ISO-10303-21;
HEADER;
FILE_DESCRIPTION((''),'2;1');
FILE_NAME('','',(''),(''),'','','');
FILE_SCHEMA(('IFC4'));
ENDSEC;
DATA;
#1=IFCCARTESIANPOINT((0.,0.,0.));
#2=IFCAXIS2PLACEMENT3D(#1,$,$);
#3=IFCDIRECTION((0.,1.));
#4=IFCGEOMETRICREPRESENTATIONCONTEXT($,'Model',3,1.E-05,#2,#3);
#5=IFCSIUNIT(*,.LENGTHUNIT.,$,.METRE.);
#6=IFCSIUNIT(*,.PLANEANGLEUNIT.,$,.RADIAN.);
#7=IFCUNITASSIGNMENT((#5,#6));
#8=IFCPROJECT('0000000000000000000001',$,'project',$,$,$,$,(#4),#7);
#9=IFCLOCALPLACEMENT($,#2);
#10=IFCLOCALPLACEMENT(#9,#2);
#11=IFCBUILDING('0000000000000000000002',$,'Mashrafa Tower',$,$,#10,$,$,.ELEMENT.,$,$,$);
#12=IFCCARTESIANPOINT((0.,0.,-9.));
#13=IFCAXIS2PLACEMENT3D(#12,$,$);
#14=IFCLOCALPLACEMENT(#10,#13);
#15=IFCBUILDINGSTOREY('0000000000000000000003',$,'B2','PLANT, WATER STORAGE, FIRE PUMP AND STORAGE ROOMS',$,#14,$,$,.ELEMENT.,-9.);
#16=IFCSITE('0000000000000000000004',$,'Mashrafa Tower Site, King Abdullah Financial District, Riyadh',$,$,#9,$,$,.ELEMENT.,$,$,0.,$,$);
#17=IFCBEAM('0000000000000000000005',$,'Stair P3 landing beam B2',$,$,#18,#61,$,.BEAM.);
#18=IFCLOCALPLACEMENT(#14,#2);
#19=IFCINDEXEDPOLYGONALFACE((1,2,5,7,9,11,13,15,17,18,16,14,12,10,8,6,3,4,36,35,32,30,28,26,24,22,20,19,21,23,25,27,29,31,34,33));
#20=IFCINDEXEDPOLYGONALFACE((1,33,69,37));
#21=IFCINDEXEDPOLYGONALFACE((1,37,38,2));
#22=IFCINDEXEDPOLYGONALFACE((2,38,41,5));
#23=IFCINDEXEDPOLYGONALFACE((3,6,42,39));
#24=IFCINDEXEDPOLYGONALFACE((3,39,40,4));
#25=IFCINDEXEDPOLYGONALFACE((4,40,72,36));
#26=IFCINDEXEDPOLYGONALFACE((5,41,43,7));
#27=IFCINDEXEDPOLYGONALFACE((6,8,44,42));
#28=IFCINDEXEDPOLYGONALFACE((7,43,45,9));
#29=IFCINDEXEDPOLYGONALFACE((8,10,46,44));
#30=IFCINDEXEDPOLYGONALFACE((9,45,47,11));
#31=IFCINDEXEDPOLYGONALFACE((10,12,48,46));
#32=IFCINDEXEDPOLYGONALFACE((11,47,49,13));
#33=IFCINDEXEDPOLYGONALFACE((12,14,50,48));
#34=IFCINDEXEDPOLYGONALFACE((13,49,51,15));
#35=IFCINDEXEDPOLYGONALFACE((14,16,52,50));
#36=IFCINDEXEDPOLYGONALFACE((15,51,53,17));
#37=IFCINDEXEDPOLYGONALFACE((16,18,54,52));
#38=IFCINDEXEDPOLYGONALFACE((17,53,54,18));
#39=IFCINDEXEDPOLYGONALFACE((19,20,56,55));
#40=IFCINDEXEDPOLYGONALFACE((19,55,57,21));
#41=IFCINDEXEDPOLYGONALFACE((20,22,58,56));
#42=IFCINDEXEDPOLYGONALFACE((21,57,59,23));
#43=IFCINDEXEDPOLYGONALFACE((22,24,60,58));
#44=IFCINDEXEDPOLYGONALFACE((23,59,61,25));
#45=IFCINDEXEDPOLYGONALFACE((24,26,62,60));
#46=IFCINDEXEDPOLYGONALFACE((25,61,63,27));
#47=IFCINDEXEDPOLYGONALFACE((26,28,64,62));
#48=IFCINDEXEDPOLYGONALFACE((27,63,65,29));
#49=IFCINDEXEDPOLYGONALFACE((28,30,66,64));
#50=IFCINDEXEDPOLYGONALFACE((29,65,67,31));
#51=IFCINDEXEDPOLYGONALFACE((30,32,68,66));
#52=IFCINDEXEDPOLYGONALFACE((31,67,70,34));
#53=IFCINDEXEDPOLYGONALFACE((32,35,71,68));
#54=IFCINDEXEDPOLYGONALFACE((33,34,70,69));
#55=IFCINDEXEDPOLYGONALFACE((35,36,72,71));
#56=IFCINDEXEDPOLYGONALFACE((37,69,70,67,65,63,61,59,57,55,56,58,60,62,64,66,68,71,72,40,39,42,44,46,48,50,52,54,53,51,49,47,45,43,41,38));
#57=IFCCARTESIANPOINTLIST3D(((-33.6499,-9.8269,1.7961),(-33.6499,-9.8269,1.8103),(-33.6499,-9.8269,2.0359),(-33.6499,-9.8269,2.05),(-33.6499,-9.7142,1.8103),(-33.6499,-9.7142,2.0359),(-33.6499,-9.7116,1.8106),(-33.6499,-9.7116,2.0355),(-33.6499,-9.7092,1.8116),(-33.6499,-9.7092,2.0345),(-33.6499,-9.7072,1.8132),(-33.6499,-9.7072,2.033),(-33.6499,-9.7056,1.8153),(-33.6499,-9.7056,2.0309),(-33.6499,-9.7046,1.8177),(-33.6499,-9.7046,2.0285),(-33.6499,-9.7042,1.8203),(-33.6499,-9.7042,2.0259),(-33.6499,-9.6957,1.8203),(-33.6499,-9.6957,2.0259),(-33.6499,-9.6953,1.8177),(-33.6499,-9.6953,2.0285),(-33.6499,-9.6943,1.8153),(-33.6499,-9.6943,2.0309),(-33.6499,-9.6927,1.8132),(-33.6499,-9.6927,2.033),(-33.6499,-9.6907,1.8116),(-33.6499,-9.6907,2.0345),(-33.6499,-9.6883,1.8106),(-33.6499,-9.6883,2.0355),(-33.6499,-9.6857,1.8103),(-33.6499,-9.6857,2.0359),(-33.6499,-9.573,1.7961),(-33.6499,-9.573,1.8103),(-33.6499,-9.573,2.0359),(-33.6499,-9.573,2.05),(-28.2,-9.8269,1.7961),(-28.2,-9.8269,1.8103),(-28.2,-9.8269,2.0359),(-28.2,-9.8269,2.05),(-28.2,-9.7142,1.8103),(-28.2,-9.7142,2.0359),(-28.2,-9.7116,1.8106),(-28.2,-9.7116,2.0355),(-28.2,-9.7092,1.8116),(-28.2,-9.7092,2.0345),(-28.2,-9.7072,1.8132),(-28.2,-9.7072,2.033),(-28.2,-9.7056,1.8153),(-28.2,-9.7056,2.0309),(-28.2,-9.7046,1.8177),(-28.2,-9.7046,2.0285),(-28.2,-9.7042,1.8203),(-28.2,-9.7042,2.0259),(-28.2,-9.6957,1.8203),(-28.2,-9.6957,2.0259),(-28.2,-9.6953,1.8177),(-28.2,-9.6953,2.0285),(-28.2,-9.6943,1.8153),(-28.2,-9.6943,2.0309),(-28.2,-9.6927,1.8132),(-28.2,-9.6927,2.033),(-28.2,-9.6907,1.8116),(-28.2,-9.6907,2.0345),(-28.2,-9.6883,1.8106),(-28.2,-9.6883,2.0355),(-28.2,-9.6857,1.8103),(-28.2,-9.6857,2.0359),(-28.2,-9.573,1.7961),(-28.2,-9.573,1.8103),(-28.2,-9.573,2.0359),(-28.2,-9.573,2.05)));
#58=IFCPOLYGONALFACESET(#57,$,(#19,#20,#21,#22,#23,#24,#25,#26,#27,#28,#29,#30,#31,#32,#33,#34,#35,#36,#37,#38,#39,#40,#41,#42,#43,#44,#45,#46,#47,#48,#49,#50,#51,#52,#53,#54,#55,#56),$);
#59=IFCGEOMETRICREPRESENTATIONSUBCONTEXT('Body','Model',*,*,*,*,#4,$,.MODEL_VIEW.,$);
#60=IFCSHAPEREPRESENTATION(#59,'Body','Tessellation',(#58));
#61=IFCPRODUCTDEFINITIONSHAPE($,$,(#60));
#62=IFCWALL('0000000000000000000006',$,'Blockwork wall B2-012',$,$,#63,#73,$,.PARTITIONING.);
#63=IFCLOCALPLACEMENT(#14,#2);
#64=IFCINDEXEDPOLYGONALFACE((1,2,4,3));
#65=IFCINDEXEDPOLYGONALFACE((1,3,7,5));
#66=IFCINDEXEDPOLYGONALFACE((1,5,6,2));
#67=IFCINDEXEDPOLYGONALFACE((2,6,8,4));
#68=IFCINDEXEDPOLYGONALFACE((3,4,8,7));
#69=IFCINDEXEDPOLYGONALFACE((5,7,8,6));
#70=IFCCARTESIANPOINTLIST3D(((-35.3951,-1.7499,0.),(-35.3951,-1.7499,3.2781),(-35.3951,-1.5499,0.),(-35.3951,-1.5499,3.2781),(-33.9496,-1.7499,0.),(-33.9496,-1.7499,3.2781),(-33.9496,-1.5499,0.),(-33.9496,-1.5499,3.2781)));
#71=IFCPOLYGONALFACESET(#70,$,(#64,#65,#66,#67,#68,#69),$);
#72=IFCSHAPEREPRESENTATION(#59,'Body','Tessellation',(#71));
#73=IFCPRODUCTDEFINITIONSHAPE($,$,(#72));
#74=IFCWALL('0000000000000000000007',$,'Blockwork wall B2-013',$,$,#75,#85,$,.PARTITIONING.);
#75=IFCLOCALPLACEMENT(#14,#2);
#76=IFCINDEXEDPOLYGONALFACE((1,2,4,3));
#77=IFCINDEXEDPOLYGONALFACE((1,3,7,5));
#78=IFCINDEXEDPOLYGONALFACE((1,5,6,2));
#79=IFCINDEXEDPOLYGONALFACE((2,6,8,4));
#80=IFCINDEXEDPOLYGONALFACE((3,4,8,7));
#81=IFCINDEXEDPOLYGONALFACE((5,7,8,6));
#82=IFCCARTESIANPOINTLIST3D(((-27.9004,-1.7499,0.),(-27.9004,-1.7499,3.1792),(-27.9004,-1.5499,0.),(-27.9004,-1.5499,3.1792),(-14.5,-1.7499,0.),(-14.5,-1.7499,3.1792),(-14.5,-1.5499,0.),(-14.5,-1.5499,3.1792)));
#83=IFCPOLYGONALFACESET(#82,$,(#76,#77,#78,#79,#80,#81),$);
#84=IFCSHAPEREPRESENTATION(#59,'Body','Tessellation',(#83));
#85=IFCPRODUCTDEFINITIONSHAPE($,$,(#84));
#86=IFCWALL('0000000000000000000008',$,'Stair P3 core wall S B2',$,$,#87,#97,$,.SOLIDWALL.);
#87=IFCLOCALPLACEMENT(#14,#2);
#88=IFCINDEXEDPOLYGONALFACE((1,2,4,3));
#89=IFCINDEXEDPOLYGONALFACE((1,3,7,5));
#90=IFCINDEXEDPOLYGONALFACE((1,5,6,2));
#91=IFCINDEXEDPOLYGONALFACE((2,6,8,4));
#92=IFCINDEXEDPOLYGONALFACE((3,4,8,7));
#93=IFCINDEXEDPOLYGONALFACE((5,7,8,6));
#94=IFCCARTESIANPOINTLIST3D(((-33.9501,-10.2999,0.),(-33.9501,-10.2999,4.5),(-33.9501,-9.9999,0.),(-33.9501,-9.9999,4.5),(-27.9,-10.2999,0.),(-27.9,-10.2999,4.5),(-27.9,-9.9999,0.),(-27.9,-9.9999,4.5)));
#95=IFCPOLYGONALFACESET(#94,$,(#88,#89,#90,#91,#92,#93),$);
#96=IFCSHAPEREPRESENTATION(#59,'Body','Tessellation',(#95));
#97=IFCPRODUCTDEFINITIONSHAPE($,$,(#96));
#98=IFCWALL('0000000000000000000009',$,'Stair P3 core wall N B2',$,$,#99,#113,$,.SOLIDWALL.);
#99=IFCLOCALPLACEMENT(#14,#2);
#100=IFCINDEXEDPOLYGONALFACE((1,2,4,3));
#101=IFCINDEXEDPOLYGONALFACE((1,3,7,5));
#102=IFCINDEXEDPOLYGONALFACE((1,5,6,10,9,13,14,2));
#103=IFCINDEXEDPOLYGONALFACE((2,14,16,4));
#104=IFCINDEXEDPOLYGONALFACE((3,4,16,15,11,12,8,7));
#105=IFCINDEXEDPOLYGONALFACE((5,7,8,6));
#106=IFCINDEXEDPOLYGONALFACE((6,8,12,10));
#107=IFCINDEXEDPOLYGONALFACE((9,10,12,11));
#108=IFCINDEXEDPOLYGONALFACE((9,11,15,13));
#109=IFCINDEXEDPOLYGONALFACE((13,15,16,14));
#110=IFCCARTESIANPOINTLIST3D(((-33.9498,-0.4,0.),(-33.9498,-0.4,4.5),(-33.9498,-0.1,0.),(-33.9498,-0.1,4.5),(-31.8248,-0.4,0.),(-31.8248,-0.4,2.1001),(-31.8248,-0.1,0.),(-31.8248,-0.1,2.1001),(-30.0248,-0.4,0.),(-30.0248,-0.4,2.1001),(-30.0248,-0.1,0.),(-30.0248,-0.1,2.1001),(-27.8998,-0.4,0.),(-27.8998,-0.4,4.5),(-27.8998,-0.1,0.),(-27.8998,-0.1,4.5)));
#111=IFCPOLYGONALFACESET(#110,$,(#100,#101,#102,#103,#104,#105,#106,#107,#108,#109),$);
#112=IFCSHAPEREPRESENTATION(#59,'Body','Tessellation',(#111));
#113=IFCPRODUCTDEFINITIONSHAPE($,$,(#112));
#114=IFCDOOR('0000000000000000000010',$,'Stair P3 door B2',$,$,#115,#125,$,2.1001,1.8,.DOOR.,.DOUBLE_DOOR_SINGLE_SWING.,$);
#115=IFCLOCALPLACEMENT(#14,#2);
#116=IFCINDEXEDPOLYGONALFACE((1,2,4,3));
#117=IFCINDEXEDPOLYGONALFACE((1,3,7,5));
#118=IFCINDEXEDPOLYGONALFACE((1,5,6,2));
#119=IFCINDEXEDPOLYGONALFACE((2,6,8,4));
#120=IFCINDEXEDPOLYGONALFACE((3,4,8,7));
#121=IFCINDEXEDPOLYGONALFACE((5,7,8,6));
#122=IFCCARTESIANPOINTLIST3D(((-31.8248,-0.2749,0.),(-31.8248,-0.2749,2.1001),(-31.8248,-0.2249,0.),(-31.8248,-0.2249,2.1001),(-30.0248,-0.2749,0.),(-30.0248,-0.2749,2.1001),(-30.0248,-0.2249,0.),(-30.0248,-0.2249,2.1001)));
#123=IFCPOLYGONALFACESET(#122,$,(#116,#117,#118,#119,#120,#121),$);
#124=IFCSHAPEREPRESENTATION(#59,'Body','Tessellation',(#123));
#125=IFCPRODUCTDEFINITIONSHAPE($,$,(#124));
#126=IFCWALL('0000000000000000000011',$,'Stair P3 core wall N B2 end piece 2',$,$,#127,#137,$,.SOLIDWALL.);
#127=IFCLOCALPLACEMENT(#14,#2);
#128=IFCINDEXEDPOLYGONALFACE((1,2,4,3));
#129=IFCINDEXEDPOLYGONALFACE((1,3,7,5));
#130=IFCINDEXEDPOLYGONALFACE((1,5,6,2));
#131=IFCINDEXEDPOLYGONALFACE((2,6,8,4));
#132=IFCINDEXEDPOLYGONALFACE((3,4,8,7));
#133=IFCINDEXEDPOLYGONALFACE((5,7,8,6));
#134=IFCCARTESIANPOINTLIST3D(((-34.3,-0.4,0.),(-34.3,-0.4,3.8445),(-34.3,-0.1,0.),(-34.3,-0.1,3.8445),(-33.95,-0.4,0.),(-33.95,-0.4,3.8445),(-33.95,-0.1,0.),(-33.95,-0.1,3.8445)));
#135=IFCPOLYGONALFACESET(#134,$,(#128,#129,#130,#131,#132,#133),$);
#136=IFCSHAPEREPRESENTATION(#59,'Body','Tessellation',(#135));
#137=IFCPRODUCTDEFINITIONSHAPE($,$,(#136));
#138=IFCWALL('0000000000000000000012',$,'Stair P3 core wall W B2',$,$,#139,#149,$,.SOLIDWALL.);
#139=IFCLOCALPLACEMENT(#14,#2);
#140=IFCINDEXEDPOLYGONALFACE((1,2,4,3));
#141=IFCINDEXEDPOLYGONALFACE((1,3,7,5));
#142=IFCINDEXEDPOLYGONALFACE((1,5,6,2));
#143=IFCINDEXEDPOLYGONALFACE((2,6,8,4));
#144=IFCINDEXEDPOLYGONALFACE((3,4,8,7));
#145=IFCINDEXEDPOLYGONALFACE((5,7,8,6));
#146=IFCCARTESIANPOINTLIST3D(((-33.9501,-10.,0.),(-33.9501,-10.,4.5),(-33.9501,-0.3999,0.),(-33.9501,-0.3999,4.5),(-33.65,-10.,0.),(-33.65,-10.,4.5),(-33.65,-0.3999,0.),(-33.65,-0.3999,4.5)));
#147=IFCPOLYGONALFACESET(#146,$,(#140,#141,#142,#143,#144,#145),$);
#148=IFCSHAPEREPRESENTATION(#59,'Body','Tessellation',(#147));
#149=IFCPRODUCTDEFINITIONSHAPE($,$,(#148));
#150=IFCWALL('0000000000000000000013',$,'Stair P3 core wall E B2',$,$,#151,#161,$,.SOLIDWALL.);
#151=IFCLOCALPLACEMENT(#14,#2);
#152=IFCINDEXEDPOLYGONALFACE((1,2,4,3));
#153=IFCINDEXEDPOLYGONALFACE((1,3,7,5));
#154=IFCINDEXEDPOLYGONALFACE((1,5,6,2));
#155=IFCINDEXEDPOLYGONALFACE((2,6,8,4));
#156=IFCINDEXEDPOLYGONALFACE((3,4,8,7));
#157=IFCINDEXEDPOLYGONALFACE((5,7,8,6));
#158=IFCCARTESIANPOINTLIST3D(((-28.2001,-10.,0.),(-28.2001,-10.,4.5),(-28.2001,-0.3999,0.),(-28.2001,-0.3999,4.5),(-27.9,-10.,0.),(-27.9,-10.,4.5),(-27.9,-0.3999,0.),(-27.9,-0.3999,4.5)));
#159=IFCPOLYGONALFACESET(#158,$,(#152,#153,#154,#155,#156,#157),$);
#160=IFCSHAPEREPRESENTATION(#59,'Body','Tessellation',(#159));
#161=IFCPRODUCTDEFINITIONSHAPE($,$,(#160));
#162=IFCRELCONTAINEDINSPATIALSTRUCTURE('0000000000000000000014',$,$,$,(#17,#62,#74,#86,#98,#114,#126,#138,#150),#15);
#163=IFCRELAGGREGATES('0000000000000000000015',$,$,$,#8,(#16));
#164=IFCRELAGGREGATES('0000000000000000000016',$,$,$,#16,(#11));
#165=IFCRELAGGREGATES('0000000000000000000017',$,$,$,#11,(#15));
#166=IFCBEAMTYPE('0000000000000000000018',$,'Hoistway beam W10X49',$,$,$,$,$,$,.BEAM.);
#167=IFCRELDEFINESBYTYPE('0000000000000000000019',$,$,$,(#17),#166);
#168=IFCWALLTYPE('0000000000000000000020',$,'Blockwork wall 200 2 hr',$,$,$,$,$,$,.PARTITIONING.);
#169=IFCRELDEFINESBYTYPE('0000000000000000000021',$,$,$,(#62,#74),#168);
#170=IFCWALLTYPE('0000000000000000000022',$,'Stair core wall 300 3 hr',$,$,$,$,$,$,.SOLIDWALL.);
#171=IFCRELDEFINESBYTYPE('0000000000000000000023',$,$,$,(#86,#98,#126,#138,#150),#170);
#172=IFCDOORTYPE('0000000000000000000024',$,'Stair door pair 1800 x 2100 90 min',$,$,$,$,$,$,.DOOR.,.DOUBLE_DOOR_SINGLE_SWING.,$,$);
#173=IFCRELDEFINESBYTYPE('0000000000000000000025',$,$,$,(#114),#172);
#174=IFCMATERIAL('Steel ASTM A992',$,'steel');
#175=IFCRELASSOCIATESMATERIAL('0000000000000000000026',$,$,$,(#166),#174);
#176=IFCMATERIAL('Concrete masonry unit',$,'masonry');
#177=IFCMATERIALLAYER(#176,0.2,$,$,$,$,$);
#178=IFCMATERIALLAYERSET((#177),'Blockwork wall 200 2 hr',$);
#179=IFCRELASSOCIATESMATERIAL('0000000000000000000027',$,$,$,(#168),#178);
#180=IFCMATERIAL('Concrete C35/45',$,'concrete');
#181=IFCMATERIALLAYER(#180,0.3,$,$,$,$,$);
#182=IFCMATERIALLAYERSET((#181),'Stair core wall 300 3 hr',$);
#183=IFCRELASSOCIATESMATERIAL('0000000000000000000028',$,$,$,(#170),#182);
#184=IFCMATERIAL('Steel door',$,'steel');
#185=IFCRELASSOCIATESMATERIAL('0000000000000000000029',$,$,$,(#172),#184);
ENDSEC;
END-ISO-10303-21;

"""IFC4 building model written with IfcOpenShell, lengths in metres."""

from ifc_helpers import new_model, si_unit, direction, frame, frame_2d, origin, origin_2d, place, context, subcontext, project, spatial, rectangle, i_section, extrude, material, layer, layer_set, material_profile, profile_set, type_object, element, fill, save


model = new_model("IFC4")

# Units and contexts
model_context = context("Model", 3, precision=1e-05, world=origin(), true_north=direction((0.0, 1.0)))
body_context = subcontext(model_context, "Body", "Model", "MODEL_VIEW")
ifc_project = project(units=[si_unit("LENGTHUNIT", "METRE"), si_unit("PLANEANGLEUNIT", "RADIAN")], contexts=[model_context])

# Site, building, storey
site_placement = place(None, origin())
site = spatial("IfcSite", under=ifc_project, at=site_placement, Name="Mashrafa Tower Site, King Abdullah Financial District, Riyadh", CompositionType="ELEMENT", RefElevation=0.0)
building_placement = place(site_placement, origin())
building = spatial("IfcBuilding", under=site, at=building_placement, Name="Mashrafa Tower", CompositionType="ELEMENT")
storey_placement = place(building_placement, frame((0.0, 0.0, -9.0)))
storey = spatial("IfcBuildingStorey", under=building, at=storey_placement, Name="B2", Description="PLANT, WATER STORAGE, FIRE PUMP AND STORAGE ROOMS", CompositionType="ELEMENT", Elevation=-9.0)

# Beam
ifc_material_1 = material(Name="Steel ASTM A992", Category="steel")
ifc_material_profile_1 = material_profile(ifc_material_1, i_section(OverallWidth=0.2539, OverallDepth=0.2539, WebThickness=0.0085, FlangeThickness=0.0142, FilletRadius=0.01, at=origin_2d()), Name="W10X49")
ifc_profile_set_1 = profile_set([ifc_material_profile_1], Name="Steel ASTM A992")
beam_type = type_object("IfcBeamType", Name="Hoistway beam W10X49", PredefinedType="BEAM", material=ifc_profile_set_1)
beam_placement = place(storey_placement, frame((-33.6499, -9.7, 1.9231), z_axis=(1.0, 0.0, 0.0), x_axis=(0.0, 1.0, 0.0)))
element("IfcBeam", 1, at=beam_placement, inside=storey, type_object=beam_type, Name="Stair P3 landing beam B2", PredefinedType="BEAM", context=body_context, shape_type="SweptSolid", body=[
    extrude(i_section(OverallWidth=0.2539, OverallDepth=0.2539, WebThickness=0.0085, FlangeThickness=0.0142, FilletRadius=0.01, at=origin_2d()), origin(), (0.0, 0.0, 1.0), 5.45),
])

# Walls
ifc_material_2 = material(Name="Concrete masonry unit", Category="masonry")
ifc_layer_1 = layer(ifc_material_2, 0.2)
ifc_layer_set_1 = layer_set([ifc_layer_1], Name="Blockwork wall 200 2 hr")
wall_type_1 = type_object("IfcWallType", Name="Blockwork wall 200 2 hr", PredefinedType="PARTITIONING", material=ifc_layer_set_1)
wall_1_placement = place(storey_placement, frame((-35.395, -1.6499, 0.0), z_axis=(0.0, 0.0, 1.0), x_axis=(1.0, 0.0, 0.0)))
element("IfcWall", 2, at=wall_1_placement, inside=storey, type_object=wall_type_1, Name="Blockwork wall B2-012", PredefinedType="PARTITIONING", context=body_context, shape_type="SweptSolid", body=[
    extrude(rectangle(XDim=1.4456, YDim=0.2, at=frame_2d((0.7227, 0.0))), origin(), (0.0, 0.0, 1.0), 3.2781),
])
wall_2_placement = place(storey_placement, frame((-27.9004, -1.6499, 0.0), z_axis=(0.0, 0.0, 1.0), x_axis=(1.0, 0.0, 0.0)))
element("IfcWall", 3, at=wall_2_placement, inside=storey, type_object=wall_type_1, Name="Blockwork wall B2-013", PredefinedType="PARTITIONING", context=body_context, shape_type="SweptSolid", body=[
    extrude(rectangle(XDim=13.4004, YDim=0.2, at=frame_2d((6.7002, 0.0))), origin(), (0.0, 0.0, 1.0), 3.1792),
])
ifc_material_3 = material(Name="Concrete C35/45", Category="concrete")
ifc_layer_2 = layer(ifc_material_3, 0.3)
ifc_layer_set_2 = layer_set([ifc_layer_2], Name="Stair core wall 300 3 hr")
wall_type_2 = type_object("IfcWallType", Name="Stair core wall 300 3 hr", PredefinedType="SOLIDWALL", material=ifc_layer_set_2)
wall_3_placement = place(storey_placement, frame((-33.95, -10.1499, 0.0), z_axis=(0.0, 0.0, 1.0), x_axis=(1.0, 0.0, 0.0)))
element("IfcWall", 4, at=wall_3_placement, inside=storey, type_object=wall_type_2, Name="Stair P3 core wall S B2", PredefinedType="SOLIDWALL", context=body_context, shape_type="SweptSolid", body=[
    extrude(rectangle(XDim=6.05, YDim=0.3, at=frame_2d((3.0249, 0.0))), origin(), (0.0, 0.0, 1.0), 4.5),
])

# Wall, opening, door
wall_4_placement = place(storey_placement, frame((-27.8999, -0.25, 0.0), z_axis=(0.0, 0.0, 1.0), x_axis=(-1.0, 0.0, 0.0)))
wall_4 = element("IfcWall", 5, at=wall_4_placement, inside=storey, type_object=wall_type_2, Name="Stair P3 core wall N B2", PredefinedType="SOLIDWALL", context=body_context, shape_type="SweptSolid", body=[
    extrude(rectangle(XDim=6.05, YDim=0.3, at=frame_2d((3.0249, 0.0))), origin(), (0.0, 0.0, 1.0), 4.5),
])
opening_placement = place(wall_4_placement, frame((2.125, 0.0, 0.0)))
opening = element("IfcOpeningElement", 6, at=opening_placement, cuts=wall_4, PredefinedType="OPENING", context=body_context, shape_type="SweptSolid", body=[
    extrude(rectangle(XDim=1.8, YDim=2.1001, at=frame_2d((0.8999, 1.05))), frame((0.0, 0.1599, 0.0), z_axis=(0.0, -1.0, 0.0), x_axis=(1.0, 0.0, 0.0)), (0.0, 0.0, 1.0), 0.3201),
])
ifc_material_4 = material(Name="Steel door", Category="steel")
door_type = type_object("IfcDoorType", Name="Stair door pair 1800 x 2100 90 min", OperationType="DOUBLE_DOOR_SINGLE_SWING", PredefinedType="DOOR", material=ifc_material_4)
door_placement = place(opening_placement, origin())
door = element("IfcDoor", 7, at=door_placement, inside=storey, type_object=door_type, Name="Stair P3 door B2", OperationType="DOUBLE_DOOR_SINGLE_SWING", OverallHeight=2.1001, OverallWidth=1.8, PredefinedType="DOOR", context=body_context, shape_type="SweptSolid", body=[
    extrude(rectangle(XDim=1.8, YDim=2.1001, at=frame_2d((0.8999, 1.05))), frame((0.0, 0.0249, 0.0), z_axis=(0.0, -1.0, 0.0), x_axis=(1.0, 0.0, 0.0)), (0.0, 0.0, 1.0), 0.05),
])
fill(opening, door)

# Walls
wall_5_placement = place(storey_placement, frame((-33.95, -0.25, 0.0), z_axis=(0.0, 0.0, 1.0), x_axis=(-1.0, 0.0, 0.0)))
element("IfcWall", 8, at=wall_5_placement, inside=storey, type_object=wall_type_2, Name="Stair P3 core wall N B2 end piece 2", PredefinedType="SOLIDWALL", context=body_context, shape_type="SweptSolid", body=[
    extrude(rectangle(XDim=0.3501, YDim=0.3, at=frame_2d((0.175, 0.0))), origin(), (0.0, 0.0, 1.0), 3.8445),
])
for number, where, z_axis, x_axis, name in (
    (9, (-33.8, -0.3999, 0.0), (0.0, 0.0, 1.0), (0.0, -1.0, 0.0), "Stair P3 core wall W B2"),
    (10, (-28.05, -10.0, 0.0), (0.0, 0.0, 1.0), (0.0, 1.0, 0.0), "Stair P3 core wall E B2"),
):
    element("IfcWall", number, at=place(storey_placement, frame(where, z_axis=z_axis, x_axis=x_axis)), inside=storey, type_object=wall_type_2, Name=name, PredefinedType="SOLIDWALL", context=body_context, shape_type="SweptSolid", body=[
        extrude(rectangle(XDim=9.6001, YDim=0.3, at=frame_2d((4.8, 0.0))), origin(), (0.0, 0.0, 1.0), 4.5),
    ])

save(model, "model.ifc")
